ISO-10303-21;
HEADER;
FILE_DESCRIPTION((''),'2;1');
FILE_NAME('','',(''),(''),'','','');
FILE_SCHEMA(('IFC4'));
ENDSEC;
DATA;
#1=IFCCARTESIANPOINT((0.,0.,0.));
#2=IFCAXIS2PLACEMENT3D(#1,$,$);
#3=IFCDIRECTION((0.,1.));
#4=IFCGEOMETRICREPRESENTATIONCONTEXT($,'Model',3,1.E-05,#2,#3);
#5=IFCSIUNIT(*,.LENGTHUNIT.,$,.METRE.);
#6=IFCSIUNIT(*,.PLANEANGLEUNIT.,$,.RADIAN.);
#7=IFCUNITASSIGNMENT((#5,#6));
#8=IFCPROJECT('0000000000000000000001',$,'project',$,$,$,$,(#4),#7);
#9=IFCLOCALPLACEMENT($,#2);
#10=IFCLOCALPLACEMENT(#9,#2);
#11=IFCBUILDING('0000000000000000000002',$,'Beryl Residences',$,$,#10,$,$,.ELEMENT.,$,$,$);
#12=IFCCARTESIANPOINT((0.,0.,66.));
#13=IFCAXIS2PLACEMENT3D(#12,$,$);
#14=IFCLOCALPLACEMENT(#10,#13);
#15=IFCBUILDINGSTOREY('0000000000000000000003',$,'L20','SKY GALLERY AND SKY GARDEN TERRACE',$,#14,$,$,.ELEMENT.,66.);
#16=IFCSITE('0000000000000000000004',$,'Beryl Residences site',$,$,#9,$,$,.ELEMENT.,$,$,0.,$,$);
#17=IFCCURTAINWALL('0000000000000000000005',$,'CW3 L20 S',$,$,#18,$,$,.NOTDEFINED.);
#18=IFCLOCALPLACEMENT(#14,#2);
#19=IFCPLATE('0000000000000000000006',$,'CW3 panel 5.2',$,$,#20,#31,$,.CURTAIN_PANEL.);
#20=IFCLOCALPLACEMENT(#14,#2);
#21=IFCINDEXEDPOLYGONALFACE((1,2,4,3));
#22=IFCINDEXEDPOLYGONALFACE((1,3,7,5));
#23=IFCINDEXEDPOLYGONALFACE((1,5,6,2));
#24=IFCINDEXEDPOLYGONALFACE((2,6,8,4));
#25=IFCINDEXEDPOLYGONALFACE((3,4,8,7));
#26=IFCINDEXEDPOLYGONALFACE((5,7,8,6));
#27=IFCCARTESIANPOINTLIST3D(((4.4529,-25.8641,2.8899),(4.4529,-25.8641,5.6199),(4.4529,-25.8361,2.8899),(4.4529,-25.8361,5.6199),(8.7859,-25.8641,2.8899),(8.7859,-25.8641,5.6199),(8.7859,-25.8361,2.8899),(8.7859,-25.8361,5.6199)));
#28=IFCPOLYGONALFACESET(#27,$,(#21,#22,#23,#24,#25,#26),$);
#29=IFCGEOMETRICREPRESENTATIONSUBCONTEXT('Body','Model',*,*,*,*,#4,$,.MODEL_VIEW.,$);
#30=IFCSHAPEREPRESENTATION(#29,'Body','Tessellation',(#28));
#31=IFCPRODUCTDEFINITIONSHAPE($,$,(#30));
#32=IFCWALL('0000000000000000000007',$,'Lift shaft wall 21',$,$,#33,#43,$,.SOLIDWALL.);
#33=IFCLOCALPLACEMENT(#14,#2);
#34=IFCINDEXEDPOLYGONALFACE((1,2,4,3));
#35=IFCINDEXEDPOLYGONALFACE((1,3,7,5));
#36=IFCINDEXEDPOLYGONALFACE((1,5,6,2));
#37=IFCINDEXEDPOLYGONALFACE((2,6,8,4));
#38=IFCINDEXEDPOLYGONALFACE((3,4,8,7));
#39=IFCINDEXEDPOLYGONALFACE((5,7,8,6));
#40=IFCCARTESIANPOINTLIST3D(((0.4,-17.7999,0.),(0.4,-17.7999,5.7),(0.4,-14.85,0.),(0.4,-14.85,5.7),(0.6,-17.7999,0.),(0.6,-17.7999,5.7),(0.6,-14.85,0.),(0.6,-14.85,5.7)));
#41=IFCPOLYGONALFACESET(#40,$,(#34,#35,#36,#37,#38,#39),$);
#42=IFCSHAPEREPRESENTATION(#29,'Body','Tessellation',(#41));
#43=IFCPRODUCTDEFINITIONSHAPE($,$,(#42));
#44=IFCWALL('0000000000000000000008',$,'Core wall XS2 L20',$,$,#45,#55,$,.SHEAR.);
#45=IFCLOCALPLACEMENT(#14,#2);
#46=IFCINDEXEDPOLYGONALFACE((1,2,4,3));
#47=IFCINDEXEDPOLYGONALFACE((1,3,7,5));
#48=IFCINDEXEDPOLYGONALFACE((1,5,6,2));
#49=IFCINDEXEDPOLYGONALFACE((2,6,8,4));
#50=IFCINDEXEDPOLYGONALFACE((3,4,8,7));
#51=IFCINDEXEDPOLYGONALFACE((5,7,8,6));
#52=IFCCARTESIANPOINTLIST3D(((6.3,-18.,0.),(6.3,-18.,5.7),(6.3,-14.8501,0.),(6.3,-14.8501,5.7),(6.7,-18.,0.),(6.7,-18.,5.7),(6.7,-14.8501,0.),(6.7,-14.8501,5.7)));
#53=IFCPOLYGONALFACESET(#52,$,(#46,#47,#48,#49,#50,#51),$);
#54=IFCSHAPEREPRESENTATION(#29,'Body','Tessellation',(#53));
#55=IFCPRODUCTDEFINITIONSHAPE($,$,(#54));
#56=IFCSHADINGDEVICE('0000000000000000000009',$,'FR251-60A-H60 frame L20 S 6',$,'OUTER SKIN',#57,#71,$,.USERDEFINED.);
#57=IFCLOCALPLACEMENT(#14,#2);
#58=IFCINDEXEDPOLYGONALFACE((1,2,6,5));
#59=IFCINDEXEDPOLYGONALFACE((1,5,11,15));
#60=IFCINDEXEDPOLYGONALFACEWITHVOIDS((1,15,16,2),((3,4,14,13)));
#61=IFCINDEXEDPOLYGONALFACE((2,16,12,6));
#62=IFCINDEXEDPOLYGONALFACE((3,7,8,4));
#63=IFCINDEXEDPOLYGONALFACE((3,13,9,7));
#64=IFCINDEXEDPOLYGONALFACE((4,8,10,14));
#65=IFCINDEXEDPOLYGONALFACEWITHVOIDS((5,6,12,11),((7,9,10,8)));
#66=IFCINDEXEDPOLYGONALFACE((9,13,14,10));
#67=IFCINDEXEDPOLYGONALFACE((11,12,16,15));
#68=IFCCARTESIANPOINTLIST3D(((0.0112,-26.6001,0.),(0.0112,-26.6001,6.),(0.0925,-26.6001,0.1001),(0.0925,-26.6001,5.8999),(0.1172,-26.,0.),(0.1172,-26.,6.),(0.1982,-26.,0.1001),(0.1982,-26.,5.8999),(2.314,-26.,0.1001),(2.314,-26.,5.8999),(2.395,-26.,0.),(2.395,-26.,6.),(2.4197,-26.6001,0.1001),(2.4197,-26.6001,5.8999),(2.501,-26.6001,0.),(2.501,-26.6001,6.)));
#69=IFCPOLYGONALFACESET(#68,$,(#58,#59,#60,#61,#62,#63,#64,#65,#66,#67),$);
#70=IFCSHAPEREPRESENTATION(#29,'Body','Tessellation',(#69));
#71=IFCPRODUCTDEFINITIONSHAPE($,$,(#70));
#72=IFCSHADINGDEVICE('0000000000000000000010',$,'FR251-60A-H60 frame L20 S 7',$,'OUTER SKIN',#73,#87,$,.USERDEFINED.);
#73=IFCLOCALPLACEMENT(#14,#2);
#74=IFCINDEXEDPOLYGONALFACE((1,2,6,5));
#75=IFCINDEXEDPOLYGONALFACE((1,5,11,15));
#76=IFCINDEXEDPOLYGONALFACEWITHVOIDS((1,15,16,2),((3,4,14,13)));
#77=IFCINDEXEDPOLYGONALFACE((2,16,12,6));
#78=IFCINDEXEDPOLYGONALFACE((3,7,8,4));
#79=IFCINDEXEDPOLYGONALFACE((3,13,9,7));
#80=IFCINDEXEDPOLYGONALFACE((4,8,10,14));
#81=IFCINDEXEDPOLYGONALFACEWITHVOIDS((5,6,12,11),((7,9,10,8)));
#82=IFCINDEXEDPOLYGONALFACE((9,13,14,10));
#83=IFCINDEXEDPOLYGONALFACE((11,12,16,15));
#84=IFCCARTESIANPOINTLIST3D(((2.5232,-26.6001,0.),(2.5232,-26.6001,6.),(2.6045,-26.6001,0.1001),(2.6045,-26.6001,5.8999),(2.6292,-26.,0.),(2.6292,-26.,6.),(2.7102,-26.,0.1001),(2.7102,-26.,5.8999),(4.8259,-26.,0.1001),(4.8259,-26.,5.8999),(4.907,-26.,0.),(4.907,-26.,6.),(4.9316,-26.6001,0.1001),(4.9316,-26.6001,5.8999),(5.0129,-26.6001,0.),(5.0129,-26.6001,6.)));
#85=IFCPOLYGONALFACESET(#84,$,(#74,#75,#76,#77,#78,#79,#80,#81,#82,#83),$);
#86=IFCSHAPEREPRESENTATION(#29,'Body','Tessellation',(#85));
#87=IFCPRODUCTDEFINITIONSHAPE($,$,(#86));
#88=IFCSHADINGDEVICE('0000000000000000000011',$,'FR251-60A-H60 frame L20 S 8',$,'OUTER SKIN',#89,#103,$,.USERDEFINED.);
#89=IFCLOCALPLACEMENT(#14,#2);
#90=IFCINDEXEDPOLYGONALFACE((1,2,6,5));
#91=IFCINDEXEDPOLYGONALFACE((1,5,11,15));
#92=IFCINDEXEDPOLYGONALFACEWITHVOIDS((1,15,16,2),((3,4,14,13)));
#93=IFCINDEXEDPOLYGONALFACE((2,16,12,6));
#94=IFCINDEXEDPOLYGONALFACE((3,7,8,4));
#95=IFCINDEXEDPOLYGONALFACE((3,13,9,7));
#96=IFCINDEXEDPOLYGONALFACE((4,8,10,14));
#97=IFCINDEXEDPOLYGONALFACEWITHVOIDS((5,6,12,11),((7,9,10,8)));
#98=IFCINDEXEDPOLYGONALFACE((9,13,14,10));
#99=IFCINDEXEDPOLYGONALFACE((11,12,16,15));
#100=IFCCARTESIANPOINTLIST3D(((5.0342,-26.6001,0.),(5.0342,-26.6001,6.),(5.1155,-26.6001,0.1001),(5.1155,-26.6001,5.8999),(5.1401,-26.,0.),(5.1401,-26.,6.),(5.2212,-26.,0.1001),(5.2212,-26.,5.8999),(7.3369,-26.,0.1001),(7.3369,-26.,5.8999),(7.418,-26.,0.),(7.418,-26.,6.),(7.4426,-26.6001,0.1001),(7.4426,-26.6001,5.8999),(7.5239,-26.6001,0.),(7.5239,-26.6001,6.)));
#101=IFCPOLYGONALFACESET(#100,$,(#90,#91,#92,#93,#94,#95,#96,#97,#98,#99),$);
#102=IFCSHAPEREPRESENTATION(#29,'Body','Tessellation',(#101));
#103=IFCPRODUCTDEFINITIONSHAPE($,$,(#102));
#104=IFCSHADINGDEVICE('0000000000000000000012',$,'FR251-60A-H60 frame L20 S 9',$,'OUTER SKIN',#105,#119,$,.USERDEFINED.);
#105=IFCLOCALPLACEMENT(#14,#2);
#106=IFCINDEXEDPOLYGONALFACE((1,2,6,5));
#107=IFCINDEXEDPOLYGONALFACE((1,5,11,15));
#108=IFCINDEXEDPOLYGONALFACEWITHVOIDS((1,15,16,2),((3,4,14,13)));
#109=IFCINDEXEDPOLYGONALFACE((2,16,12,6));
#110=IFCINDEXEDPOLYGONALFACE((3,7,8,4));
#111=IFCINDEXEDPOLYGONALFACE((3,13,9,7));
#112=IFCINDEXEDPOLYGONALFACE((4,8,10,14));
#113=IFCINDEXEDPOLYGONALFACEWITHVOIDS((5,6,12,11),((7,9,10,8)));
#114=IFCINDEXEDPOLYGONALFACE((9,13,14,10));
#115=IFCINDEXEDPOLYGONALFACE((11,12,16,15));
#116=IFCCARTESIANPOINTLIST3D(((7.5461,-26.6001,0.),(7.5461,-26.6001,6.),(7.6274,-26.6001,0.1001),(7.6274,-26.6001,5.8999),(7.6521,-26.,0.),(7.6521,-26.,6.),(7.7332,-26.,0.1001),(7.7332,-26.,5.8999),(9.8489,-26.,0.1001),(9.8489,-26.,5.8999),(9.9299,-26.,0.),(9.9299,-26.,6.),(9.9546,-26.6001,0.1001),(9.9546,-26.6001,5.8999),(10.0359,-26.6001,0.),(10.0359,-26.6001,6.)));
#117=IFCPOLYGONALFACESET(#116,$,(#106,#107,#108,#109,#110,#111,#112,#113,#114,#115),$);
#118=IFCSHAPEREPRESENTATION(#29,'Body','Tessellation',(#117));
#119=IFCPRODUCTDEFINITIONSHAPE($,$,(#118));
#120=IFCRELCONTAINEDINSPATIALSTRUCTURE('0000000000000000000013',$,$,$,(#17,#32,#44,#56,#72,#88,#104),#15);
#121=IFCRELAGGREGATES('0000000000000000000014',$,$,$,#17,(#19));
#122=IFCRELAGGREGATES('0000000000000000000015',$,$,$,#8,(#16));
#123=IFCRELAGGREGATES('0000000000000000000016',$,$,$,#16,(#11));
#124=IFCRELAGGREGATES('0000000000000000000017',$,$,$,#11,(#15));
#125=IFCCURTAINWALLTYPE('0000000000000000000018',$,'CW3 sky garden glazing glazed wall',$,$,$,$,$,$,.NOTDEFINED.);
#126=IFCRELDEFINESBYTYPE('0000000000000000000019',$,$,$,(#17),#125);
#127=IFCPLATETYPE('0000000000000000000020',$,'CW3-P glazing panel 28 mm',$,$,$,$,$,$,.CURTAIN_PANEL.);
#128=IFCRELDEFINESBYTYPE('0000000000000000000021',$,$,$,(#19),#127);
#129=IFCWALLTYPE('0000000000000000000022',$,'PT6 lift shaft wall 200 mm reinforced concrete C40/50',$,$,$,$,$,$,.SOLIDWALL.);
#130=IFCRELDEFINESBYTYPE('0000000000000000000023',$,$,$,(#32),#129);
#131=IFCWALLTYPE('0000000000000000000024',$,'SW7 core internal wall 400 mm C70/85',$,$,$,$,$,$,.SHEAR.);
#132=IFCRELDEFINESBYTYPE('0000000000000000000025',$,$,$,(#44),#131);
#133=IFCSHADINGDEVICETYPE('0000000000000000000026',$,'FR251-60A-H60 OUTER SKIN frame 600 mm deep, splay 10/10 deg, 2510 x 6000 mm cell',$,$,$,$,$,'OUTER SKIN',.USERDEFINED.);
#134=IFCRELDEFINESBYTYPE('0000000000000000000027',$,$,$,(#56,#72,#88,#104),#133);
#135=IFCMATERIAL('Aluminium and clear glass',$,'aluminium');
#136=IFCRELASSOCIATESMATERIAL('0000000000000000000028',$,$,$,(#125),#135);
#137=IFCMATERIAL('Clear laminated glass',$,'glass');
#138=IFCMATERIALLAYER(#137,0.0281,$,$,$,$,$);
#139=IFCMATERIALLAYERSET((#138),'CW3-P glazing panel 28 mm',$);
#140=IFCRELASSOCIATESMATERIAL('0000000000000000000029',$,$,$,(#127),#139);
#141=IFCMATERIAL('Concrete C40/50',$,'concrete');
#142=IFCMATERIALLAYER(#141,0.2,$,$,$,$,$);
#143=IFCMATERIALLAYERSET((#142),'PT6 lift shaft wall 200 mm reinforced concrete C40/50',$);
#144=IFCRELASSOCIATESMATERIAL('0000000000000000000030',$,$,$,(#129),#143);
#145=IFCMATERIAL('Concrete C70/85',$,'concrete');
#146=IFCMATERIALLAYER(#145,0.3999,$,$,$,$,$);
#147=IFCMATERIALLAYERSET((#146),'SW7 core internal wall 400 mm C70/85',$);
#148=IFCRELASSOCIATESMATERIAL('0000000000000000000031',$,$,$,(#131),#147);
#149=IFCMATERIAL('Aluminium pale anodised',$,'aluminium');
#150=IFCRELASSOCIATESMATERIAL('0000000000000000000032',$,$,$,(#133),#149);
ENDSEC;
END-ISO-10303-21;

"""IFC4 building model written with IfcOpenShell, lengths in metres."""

from ifc_helpers import new_model, entity, si_unit, direction, frame, frame_2d, origin, origin_2d, place, context, subcontext, project, spatial, rectangle, extrude, source, transform, mapped, material, layer, layer_set, type_object, type_shapes, element, aggregate, save


model = new_model("IFC4")

# Units and contexts
model_context = context("Model", 3, precision=1e-05, world=origin(), true_north=direction((0.0, 1.0)))
body_context = subcontext(model_context, "Body", "Model", "MODEL_VIEW")
ifc_project = project(units=[si_unit("LENGTHUNIT", "METRE"), si_unit("PLANEANGLEUNIT", "RADIAN")], contexts=[model_context])

# Site, building, storey
site_placement = place(None, origin())
site = spatial("IfcSite", under=ifc_project, at=site_placement, Name="Beryl Residences site", CompositionType="ELEMENT", RefElevation=0.0)
building_placement = place(site_placement, origin())
building = spatial("IfcBuilding", under=site, at=building_placement, Name="Beryl Residences", CompositionType="ELEMENT")
storey_placement = place(building_placement, frame((0.0, 0.0, 66.0)))
storey = spatial("IfcBuildingStorey", under=building, at=storey_placement, Name="L20", Description="SKY GALLERY AND SKY GARDEN TERRACE", CompositionType="ELEMENT", Elevation=66.0)

# Curtain wall, plate
ifc_material_1 = material(Name="Aluminium and clear glass", Category="aluminium")
curtain_wall_type = type_object("IfcCurtainWallType", Name="CW3 sky garden glazing glazed wall", PredefinedType="NOTDEFINED", material=ifc_material_1)
curtain_wall_placement = place(storey_placement, origin())
curtain_wall = element("IfcCurtainWall", 1, at=curtain_wall_placement, inside=storey, type_object=curtain_wall_type, Name="CW3 L20 S", PredefinedType="NOTDEFINED")
ifc_material_2 = material(Name="Clear laminated glass", Category="glass")
ifc_layer_1 = layer(ifc_material_2, 0.0281)
ifc_layer_set_1 = layer_set([ifc_layer_1], Name="CW3-P glazing panel 28 mm")
plate_type = type_object("IfcPlateType", Name="CW3-P glazing panel 28 mm", PredefinedType="CURTAIN_PANEL", material=ifc_layer_set_1)
plate_1_placement = place(storey_placement, frame((6.6194, -25.8501, 2.8899), z_axis=(0.0, 0.0, 1.0), x_axis=(1.0, 0.0, 0.0)))
plate_1 = element("IfcPlate", 2, at=plate_1_placement, type_object=plate_type, Name="CW3 panel 5.2", PredefinedType="CURTAIN_PANEL", context=body_context, shape_type="SweptSolid", body=[
    extrude(rectangle(XDim=4.333, YDim=0.0281, at=origin_2d()), origin(), (0.0, 0.0, 1.0), 2.73),
])
aggregate(curtain_wall, [plate_1])

# Walls
ifc_material_3 = material(Name="Concrete C40/50", Category="concrete")
ifc_layer_2 = layer(ifc_material_3, 0.2)
ifc_layer_set_2 = layer_set([ifc_layer_2], Name="PT6 lift shaft wall 200 mm reinforced concrete C40/50")
wall_type_1 = type_object("IfcWallType", Name="PT6 lift shaft wall 200 mm reinforced concrete C40/50", PredefinedType="SOLIDWALL", material=ifc_layer_set_2)
wall_1_placement = place(storey_placement, frame((0.5, -17.8, 0.0), z_axis=(0.0, 0.0, 1.0), x_axis=(0.0, 1.0, 0.0)))
element("IfcWall", 3, at=wall_1_placement, inside=storey, type_object=wall_type_1, Name="Lift shaft wall 21", PredefinedType="SOLIDWALL", context=body_context, shape_type="SweptSolid", body=[
    extrude(rectangle(XDim=2.95, YDim=0.2, at=frame_2d((1.4751, 0.0))), origin(), (0.0, 0.0, 1.0), 5.7),
])
ifc_material_4 = material(Name="Concrete C70/85", Category="concrete")
ifc_layer_3 = layer(ifc_material_4, 0.3999)
ifc_layer_set_3 = layer_set([ifc_layer_3], Name="SW7 core internal wall 400 mm C70/85")
wall_type_2 = type_object("IfcWallType", Name="SW7 core internal wall 400 mm C70/85", PredefinedType="SHEAR", material=ifc_layer_set_3)
wall_2_placement = place(storey_placement, frame((6.5, -18.0, 0.0), z_axis=(0.0, 0.0, 1.0), x_axis=(0.0, 1.0, 0.0)))
element("IfcWall", 4, at=wall_2_placement, inside=storey, type_object=wall_type_2, Name="Core wall XS2 L20", PredefinedType="SHEAR", context=body_context, shape_type="SweptSolid", body=[
    extrude(rectangle(XDim=3.1499, YDim=0.3999, at=frame_2d((1.575, 0.0))), origin(), (0.0, 0.0, 1.0), 5.7),
])

# Shading devices
ifc_material_5 = material(Name="Aluminium pale anodised", Category="aluminium")
shading_device_type = type_object("IfcShadingDeviceType", Name="FR251-60A-H60 OUTER SKIN frame 600 mm deep, splay 10/10 deg, 2510 x 6000 mm cell", ElementType="OUTER SKIN", PredefinedType="USERDEFINED", material=ifc_material_5)
cartesian_point_1 = entity("IfcCartesianPoint", [-1.1389, 0.0])
cartesian_point_2 = entity("IfcCartesianPoint", [-1.0579, 0.1001])
cartesian_point_3 = entity("IfcCartesianPoint", [-1.2449, 0.0])
cartesian_point_4 = entity("IfcCartesianPoint", [-1.1636, 0.1001])
shared_shape = source(origin(), body_context, "Body", "SweptSolid", [
    entity("IfcExtrudedAreaSolidTapered", entity("IfcArbitraryProfileDefWithVoids", "AREA", None, entity("IfcPolyline", [cartesian_point_1, entity("IfcCartesianPoint", [1.1389, 0.0]), entity("IfcCartesianPoint", [1.1389, 6.0]), entity("IfcCartesianPoint", [-1.1389, 6.0]), cartesian_point_1]), [entity("IfcPolyline", [cartesian_point_2, entity("IfcCartesianPoint", [1.0579, 0.1001]), entity("IfcCartesianPoint", [1.0579, 5.8999]), entity("IfcCartesianPoint", [-1.0579, 5.8999]), cartesian_point_2])]), entity("IfcAxis2Placement3D", entity("IfcCartesianPoint", [0.0, 0.0, 0.0]), entity("IfcDirection", [0.0, 1.0, 0.0]), entity("IfcDirection", [-1.0, 0.0, 0.0])), entity("IfcDirection", [0.0, 0.0, 1.0]), 0.6001, entity("IfcArbitraryProfileDefWithVoids", "AREA", None, entity("IfcPolyline", [cartesian_point_3, entity("IfcCartesianPoint", [1.2449, 0.0]), entity("IfcCartesianPoint", [1.2449, 6.0]), entity("IfcCartesianPoint", [-1.2449, 6.0]), cartesian_point_3]), [entity("IfcPolyline", [cartesian_point_4, entity("IfcCartesianPoint", [1.1636, 0.1001]), entity("IfcCartesianPoint", [1.1636, 5.8999]), entity("IfcCartesianPoint", [-1.1636, 5.8999]), cartesian_point_4])])),
])
type_shapes(shading_device_type, [shared_shape])
for number, where, z_axis, x_axis, name in (
    (5, (1.2561, -26.0, 0.0), (0.0, 0.0, 1.0), (-1.0, 0.0, 0.0), "FR251-60A-H60 frame L20 S 6"),
    (6, (3.7681, -26.0, 0.0), (0.0, 0.0, 1.0), (-1.0, 0.0, 0.0), "FR251-60A-H60 frame L20 S 7"),
    (7, (6.2791, -26.0, 0.0), (0.0, 0.0, 1.0), (-1.0, 0.0, 0.0), "FR251-60A-H60 frame L20 S 8"),
    (8, (8.791, -26.0, 0.0), (0.0, 0.0, 1.0), (-1.0, 0.0, 0.0), "FR251-60A-H60 frame L20 S 9"),
):
    element("IfcShadingDevice", number, at=place(storey_placement, frame(where, z_axis=z_axis, x_axis=x_axis)), inside=storey, type_object=shading_device_type, Name=name, ObjectType="OUTER SKIN", PredefinedType="USERDEFINED", context=body_context, shape_type="MappedRepresentation", body=[
        mapped(shared_shape, transform((0.0, 0.0, 0.0))),
    ])

save(model, "model.ifc")
